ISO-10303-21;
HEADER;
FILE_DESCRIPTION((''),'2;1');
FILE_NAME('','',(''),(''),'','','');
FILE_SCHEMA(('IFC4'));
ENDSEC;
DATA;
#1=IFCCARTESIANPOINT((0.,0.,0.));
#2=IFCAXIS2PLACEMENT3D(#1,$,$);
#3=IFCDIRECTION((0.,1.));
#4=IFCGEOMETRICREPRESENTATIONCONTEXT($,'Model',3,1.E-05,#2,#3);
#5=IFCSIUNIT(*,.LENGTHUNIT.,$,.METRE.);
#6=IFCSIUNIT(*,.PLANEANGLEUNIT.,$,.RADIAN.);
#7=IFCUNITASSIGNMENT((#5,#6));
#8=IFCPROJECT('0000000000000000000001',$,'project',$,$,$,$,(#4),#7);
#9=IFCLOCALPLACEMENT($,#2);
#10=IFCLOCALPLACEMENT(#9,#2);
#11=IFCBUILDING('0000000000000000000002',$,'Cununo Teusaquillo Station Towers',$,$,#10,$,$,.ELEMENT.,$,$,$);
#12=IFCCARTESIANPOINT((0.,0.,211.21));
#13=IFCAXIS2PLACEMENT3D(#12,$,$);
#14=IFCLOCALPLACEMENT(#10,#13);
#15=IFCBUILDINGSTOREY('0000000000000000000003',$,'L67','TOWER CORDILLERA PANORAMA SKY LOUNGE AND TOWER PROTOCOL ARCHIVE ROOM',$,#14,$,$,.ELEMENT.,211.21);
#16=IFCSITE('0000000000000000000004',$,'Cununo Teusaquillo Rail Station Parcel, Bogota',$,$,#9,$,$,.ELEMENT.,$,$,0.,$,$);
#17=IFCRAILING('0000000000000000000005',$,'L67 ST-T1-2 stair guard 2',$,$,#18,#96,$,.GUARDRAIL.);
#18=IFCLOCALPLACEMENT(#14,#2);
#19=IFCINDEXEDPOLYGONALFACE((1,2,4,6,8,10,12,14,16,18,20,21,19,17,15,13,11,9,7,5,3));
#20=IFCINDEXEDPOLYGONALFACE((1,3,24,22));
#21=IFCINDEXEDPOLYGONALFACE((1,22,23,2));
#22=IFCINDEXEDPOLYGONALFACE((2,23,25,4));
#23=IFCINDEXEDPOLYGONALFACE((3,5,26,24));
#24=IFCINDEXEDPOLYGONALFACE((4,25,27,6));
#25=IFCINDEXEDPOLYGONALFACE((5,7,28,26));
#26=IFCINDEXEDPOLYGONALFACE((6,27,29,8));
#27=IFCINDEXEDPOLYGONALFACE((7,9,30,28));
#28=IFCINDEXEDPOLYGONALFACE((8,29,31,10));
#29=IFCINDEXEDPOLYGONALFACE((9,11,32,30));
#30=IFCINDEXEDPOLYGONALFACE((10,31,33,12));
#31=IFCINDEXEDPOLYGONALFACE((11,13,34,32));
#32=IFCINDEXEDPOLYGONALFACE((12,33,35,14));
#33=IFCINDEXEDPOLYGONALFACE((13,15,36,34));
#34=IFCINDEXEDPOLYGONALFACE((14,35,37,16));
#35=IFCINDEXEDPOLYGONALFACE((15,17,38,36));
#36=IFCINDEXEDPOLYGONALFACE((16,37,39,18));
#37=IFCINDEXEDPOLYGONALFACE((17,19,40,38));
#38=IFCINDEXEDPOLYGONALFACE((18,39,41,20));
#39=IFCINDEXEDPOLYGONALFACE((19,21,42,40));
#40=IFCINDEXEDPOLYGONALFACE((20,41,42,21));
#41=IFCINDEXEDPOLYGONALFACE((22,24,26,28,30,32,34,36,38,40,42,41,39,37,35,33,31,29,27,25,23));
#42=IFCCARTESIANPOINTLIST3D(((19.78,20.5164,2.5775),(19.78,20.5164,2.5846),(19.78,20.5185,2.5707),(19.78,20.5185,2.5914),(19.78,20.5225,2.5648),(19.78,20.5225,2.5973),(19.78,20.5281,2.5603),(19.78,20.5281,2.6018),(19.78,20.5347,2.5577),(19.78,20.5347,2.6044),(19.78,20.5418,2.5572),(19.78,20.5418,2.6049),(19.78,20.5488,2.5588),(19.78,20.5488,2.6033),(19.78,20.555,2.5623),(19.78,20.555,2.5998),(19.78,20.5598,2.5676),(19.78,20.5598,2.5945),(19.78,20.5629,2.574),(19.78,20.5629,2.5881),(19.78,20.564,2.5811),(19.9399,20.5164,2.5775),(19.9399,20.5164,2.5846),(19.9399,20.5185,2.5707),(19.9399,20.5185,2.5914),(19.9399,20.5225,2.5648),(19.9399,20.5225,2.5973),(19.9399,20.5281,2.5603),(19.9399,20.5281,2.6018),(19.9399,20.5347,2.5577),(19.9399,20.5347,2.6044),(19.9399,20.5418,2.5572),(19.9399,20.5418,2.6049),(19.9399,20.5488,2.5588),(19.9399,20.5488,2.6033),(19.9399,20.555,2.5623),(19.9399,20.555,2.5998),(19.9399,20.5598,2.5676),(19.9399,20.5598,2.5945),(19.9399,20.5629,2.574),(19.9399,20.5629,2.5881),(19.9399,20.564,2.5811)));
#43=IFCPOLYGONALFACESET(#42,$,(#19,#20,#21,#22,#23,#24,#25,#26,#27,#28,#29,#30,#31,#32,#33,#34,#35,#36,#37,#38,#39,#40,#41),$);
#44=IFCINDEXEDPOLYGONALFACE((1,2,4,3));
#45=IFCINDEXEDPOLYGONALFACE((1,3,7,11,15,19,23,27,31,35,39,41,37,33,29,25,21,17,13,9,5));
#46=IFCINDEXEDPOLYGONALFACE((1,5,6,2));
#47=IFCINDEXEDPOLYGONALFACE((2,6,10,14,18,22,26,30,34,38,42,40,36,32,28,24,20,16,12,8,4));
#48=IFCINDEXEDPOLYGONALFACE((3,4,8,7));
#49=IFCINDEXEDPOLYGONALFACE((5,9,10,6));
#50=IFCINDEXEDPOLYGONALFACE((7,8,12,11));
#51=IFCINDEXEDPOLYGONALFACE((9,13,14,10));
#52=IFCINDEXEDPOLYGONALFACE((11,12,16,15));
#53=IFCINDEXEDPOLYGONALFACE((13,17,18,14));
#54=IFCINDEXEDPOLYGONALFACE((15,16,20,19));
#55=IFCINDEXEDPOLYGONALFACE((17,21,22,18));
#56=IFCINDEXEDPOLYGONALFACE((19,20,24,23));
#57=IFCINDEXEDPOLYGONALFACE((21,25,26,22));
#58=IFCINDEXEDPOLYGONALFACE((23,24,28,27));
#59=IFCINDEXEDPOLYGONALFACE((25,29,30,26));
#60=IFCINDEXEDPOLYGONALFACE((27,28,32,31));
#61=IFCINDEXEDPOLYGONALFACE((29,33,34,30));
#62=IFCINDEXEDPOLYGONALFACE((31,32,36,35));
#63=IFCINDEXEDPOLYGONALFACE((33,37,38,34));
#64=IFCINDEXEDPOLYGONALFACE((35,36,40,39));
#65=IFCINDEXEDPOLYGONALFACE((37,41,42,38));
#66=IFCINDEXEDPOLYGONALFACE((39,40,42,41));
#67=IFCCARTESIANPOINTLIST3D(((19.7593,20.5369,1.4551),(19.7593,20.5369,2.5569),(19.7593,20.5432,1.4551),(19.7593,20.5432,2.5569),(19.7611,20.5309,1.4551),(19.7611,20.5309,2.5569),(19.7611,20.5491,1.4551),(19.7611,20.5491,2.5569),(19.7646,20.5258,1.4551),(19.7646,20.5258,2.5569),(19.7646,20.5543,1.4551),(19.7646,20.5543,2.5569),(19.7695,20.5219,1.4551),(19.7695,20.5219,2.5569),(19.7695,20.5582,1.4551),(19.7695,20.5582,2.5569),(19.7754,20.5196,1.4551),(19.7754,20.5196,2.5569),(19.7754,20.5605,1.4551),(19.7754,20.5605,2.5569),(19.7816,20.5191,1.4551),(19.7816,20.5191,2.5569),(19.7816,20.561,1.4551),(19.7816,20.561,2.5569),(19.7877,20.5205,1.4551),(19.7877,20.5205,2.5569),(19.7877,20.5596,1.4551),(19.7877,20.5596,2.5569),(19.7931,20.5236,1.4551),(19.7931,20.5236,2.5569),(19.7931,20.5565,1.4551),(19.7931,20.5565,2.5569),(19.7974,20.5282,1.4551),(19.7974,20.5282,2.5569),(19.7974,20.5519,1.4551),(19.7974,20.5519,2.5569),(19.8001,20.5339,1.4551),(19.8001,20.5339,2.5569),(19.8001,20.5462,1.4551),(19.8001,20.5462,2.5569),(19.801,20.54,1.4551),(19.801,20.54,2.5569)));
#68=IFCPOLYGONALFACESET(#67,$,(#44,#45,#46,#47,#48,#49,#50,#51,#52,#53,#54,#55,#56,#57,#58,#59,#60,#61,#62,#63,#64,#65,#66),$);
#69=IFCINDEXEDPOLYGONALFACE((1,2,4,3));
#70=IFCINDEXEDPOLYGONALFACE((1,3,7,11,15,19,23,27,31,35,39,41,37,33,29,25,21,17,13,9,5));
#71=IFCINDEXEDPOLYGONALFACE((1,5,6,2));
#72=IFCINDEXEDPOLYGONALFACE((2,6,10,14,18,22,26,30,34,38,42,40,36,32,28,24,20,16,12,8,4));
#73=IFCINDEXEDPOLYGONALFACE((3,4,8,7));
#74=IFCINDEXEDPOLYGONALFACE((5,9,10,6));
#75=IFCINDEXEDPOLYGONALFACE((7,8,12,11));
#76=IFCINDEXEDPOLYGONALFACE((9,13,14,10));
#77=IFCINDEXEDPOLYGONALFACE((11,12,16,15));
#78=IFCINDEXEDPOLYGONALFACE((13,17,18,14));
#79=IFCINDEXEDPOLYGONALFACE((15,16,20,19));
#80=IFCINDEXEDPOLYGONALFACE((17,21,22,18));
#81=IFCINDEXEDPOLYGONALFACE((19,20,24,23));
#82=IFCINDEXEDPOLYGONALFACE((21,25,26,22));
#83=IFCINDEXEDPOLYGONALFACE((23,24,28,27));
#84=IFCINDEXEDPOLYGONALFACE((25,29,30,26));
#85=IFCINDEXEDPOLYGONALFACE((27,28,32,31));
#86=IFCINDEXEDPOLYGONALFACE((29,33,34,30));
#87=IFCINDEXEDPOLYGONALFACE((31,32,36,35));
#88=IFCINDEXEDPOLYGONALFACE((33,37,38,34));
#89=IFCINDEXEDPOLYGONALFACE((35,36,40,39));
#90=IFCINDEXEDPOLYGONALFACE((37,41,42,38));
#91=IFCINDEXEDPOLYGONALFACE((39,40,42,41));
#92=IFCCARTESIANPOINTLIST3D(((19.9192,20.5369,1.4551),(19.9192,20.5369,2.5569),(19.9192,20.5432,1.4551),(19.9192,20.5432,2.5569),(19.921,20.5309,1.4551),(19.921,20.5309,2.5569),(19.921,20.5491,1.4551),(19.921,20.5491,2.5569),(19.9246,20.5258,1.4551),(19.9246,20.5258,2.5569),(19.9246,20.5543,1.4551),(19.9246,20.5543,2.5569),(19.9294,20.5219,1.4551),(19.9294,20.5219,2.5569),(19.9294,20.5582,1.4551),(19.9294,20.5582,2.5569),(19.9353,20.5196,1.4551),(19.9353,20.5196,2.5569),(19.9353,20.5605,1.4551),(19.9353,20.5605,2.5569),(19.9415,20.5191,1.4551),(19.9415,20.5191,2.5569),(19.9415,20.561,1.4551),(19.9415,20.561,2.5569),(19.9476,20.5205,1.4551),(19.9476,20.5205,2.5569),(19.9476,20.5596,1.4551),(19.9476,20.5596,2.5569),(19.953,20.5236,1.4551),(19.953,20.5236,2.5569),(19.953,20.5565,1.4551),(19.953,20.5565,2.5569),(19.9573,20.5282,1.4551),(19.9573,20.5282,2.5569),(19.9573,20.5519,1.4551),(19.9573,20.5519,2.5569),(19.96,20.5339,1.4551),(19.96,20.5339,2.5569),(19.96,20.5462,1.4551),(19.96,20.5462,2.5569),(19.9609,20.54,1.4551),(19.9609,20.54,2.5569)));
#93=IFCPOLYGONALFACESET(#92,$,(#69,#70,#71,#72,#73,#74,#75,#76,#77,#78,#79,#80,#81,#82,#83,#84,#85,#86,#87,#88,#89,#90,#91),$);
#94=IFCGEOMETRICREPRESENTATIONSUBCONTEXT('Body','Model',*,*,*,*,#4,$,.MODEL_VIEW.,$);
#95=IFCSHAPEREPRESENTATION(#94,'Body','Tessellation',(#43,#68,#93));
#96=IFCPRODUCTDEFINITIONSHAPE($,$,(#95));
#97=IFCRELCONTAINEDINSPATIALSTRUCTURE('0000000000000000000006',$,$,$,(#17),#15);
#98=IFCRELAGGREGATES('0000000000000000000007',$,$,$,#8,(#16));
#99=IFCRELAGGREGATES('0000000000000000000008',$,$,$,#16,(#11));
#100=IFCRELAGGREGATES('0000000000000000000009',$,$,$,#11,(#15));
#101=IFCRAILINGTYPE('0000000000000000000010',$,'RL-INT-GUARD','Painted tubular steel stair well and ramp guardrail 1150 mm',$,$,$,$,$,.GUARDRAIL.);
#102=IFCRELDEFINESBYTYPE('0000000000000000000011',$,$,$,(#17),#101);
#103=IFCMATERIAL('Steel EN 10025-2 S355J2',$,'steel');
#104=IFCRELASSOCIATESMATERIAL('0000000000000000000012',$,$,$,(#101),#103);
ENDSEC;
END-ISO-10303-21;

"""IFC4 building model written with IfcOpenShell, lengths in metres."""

from ifc_helpers import new_model, si_unit, direction, frame, origin, origin_2d, place, context, subcontext, project, spatial, circle, extrude, material, type_object, element, save


model = new_model("IFC4")

# Units and contexts
model_context = context("Model", 3, precision=1e-05, world=origin(), true_north=direction((0.0, 1.0)))
body_context = subcontext(model_context, "Body", "Model", "MODEL_VIEW")
ifc_project = project(units=[si_unit("LENGTHUNIT", "METRE"), si_unit("PLANEANGLEUNIT", "RADIAN")], contexts=[model_context])

# Site, building, storey
site_placement = place(None, origin())
site = spatial("IfcSite", under=ifc_project, at=site_placement, Name="Cununo Teusaquillo Rail Station Parcel, Bogota", CompositionType="ELEMENT", RefElevation=0.0)
building_placement = place(site_placement, origin())
building = spatial("IfcBuilding", under=site, at=building_placement, Name="Cununo Teusaquillo Station Towers", CompositionType="ELEMENT")
storey_placement = place(building_placement, frame((0.0, 0.0, 211.21)))
storey = spatial("IfcBuildingStorey", under=building, at=storey_placement, Name="L67", Description="TOWER CORDILLERA PANORAMA SKY LOUNGE AND TOWER PROTOCOL ARCHIVE ROOM", CompositionType="ELEMENT", Elevation=211.21)

# Railing
ifc_material_1 = material(Name="Steel EN 10025-2 S355J2", Category="steel")
railing_type_1 = type_object("IfcRailingType", Name="RL-INT-GUARD", Description="Painted tubular steel stair well and ramp guardrail 1150 mm", PredefinedType="GUARDRAIL", material=ifc_material_1)
railing_1_placement = place(storey_placement, frame((19.78, 20.54, 1.4551)))
element("IfcRailing", 1, at=railing_1_placement, inside=storey, type_object=railing_type_1, Name="L67 ST-T1-2 stair guard 2", PredefinedType="GUARDRAIL", context=body_context, shape_type="SweptSolid", body=[
    extrude(circle(Radius=0.0239, at=origin_2d()), frame((0.0, 0.0, 1.126), z_axis=(1.0, 0.0, 0.0), x_axis=(0.0, 1.0, 0.0)), (0.0, 0.0, 1.0), 0.1599),
    extrude(circle(Radius=0.021, at=origin_2d()), origin(), (0.0, 0.0, 1.0), 1.1018),
    extrude(circle(Radius=0.021, at=origin_2d()), frame((0.1599, 0.0, 0.0)), (0.0, 0.0, 1.0), 1.1018),
])

save(model, "model.ifc")
